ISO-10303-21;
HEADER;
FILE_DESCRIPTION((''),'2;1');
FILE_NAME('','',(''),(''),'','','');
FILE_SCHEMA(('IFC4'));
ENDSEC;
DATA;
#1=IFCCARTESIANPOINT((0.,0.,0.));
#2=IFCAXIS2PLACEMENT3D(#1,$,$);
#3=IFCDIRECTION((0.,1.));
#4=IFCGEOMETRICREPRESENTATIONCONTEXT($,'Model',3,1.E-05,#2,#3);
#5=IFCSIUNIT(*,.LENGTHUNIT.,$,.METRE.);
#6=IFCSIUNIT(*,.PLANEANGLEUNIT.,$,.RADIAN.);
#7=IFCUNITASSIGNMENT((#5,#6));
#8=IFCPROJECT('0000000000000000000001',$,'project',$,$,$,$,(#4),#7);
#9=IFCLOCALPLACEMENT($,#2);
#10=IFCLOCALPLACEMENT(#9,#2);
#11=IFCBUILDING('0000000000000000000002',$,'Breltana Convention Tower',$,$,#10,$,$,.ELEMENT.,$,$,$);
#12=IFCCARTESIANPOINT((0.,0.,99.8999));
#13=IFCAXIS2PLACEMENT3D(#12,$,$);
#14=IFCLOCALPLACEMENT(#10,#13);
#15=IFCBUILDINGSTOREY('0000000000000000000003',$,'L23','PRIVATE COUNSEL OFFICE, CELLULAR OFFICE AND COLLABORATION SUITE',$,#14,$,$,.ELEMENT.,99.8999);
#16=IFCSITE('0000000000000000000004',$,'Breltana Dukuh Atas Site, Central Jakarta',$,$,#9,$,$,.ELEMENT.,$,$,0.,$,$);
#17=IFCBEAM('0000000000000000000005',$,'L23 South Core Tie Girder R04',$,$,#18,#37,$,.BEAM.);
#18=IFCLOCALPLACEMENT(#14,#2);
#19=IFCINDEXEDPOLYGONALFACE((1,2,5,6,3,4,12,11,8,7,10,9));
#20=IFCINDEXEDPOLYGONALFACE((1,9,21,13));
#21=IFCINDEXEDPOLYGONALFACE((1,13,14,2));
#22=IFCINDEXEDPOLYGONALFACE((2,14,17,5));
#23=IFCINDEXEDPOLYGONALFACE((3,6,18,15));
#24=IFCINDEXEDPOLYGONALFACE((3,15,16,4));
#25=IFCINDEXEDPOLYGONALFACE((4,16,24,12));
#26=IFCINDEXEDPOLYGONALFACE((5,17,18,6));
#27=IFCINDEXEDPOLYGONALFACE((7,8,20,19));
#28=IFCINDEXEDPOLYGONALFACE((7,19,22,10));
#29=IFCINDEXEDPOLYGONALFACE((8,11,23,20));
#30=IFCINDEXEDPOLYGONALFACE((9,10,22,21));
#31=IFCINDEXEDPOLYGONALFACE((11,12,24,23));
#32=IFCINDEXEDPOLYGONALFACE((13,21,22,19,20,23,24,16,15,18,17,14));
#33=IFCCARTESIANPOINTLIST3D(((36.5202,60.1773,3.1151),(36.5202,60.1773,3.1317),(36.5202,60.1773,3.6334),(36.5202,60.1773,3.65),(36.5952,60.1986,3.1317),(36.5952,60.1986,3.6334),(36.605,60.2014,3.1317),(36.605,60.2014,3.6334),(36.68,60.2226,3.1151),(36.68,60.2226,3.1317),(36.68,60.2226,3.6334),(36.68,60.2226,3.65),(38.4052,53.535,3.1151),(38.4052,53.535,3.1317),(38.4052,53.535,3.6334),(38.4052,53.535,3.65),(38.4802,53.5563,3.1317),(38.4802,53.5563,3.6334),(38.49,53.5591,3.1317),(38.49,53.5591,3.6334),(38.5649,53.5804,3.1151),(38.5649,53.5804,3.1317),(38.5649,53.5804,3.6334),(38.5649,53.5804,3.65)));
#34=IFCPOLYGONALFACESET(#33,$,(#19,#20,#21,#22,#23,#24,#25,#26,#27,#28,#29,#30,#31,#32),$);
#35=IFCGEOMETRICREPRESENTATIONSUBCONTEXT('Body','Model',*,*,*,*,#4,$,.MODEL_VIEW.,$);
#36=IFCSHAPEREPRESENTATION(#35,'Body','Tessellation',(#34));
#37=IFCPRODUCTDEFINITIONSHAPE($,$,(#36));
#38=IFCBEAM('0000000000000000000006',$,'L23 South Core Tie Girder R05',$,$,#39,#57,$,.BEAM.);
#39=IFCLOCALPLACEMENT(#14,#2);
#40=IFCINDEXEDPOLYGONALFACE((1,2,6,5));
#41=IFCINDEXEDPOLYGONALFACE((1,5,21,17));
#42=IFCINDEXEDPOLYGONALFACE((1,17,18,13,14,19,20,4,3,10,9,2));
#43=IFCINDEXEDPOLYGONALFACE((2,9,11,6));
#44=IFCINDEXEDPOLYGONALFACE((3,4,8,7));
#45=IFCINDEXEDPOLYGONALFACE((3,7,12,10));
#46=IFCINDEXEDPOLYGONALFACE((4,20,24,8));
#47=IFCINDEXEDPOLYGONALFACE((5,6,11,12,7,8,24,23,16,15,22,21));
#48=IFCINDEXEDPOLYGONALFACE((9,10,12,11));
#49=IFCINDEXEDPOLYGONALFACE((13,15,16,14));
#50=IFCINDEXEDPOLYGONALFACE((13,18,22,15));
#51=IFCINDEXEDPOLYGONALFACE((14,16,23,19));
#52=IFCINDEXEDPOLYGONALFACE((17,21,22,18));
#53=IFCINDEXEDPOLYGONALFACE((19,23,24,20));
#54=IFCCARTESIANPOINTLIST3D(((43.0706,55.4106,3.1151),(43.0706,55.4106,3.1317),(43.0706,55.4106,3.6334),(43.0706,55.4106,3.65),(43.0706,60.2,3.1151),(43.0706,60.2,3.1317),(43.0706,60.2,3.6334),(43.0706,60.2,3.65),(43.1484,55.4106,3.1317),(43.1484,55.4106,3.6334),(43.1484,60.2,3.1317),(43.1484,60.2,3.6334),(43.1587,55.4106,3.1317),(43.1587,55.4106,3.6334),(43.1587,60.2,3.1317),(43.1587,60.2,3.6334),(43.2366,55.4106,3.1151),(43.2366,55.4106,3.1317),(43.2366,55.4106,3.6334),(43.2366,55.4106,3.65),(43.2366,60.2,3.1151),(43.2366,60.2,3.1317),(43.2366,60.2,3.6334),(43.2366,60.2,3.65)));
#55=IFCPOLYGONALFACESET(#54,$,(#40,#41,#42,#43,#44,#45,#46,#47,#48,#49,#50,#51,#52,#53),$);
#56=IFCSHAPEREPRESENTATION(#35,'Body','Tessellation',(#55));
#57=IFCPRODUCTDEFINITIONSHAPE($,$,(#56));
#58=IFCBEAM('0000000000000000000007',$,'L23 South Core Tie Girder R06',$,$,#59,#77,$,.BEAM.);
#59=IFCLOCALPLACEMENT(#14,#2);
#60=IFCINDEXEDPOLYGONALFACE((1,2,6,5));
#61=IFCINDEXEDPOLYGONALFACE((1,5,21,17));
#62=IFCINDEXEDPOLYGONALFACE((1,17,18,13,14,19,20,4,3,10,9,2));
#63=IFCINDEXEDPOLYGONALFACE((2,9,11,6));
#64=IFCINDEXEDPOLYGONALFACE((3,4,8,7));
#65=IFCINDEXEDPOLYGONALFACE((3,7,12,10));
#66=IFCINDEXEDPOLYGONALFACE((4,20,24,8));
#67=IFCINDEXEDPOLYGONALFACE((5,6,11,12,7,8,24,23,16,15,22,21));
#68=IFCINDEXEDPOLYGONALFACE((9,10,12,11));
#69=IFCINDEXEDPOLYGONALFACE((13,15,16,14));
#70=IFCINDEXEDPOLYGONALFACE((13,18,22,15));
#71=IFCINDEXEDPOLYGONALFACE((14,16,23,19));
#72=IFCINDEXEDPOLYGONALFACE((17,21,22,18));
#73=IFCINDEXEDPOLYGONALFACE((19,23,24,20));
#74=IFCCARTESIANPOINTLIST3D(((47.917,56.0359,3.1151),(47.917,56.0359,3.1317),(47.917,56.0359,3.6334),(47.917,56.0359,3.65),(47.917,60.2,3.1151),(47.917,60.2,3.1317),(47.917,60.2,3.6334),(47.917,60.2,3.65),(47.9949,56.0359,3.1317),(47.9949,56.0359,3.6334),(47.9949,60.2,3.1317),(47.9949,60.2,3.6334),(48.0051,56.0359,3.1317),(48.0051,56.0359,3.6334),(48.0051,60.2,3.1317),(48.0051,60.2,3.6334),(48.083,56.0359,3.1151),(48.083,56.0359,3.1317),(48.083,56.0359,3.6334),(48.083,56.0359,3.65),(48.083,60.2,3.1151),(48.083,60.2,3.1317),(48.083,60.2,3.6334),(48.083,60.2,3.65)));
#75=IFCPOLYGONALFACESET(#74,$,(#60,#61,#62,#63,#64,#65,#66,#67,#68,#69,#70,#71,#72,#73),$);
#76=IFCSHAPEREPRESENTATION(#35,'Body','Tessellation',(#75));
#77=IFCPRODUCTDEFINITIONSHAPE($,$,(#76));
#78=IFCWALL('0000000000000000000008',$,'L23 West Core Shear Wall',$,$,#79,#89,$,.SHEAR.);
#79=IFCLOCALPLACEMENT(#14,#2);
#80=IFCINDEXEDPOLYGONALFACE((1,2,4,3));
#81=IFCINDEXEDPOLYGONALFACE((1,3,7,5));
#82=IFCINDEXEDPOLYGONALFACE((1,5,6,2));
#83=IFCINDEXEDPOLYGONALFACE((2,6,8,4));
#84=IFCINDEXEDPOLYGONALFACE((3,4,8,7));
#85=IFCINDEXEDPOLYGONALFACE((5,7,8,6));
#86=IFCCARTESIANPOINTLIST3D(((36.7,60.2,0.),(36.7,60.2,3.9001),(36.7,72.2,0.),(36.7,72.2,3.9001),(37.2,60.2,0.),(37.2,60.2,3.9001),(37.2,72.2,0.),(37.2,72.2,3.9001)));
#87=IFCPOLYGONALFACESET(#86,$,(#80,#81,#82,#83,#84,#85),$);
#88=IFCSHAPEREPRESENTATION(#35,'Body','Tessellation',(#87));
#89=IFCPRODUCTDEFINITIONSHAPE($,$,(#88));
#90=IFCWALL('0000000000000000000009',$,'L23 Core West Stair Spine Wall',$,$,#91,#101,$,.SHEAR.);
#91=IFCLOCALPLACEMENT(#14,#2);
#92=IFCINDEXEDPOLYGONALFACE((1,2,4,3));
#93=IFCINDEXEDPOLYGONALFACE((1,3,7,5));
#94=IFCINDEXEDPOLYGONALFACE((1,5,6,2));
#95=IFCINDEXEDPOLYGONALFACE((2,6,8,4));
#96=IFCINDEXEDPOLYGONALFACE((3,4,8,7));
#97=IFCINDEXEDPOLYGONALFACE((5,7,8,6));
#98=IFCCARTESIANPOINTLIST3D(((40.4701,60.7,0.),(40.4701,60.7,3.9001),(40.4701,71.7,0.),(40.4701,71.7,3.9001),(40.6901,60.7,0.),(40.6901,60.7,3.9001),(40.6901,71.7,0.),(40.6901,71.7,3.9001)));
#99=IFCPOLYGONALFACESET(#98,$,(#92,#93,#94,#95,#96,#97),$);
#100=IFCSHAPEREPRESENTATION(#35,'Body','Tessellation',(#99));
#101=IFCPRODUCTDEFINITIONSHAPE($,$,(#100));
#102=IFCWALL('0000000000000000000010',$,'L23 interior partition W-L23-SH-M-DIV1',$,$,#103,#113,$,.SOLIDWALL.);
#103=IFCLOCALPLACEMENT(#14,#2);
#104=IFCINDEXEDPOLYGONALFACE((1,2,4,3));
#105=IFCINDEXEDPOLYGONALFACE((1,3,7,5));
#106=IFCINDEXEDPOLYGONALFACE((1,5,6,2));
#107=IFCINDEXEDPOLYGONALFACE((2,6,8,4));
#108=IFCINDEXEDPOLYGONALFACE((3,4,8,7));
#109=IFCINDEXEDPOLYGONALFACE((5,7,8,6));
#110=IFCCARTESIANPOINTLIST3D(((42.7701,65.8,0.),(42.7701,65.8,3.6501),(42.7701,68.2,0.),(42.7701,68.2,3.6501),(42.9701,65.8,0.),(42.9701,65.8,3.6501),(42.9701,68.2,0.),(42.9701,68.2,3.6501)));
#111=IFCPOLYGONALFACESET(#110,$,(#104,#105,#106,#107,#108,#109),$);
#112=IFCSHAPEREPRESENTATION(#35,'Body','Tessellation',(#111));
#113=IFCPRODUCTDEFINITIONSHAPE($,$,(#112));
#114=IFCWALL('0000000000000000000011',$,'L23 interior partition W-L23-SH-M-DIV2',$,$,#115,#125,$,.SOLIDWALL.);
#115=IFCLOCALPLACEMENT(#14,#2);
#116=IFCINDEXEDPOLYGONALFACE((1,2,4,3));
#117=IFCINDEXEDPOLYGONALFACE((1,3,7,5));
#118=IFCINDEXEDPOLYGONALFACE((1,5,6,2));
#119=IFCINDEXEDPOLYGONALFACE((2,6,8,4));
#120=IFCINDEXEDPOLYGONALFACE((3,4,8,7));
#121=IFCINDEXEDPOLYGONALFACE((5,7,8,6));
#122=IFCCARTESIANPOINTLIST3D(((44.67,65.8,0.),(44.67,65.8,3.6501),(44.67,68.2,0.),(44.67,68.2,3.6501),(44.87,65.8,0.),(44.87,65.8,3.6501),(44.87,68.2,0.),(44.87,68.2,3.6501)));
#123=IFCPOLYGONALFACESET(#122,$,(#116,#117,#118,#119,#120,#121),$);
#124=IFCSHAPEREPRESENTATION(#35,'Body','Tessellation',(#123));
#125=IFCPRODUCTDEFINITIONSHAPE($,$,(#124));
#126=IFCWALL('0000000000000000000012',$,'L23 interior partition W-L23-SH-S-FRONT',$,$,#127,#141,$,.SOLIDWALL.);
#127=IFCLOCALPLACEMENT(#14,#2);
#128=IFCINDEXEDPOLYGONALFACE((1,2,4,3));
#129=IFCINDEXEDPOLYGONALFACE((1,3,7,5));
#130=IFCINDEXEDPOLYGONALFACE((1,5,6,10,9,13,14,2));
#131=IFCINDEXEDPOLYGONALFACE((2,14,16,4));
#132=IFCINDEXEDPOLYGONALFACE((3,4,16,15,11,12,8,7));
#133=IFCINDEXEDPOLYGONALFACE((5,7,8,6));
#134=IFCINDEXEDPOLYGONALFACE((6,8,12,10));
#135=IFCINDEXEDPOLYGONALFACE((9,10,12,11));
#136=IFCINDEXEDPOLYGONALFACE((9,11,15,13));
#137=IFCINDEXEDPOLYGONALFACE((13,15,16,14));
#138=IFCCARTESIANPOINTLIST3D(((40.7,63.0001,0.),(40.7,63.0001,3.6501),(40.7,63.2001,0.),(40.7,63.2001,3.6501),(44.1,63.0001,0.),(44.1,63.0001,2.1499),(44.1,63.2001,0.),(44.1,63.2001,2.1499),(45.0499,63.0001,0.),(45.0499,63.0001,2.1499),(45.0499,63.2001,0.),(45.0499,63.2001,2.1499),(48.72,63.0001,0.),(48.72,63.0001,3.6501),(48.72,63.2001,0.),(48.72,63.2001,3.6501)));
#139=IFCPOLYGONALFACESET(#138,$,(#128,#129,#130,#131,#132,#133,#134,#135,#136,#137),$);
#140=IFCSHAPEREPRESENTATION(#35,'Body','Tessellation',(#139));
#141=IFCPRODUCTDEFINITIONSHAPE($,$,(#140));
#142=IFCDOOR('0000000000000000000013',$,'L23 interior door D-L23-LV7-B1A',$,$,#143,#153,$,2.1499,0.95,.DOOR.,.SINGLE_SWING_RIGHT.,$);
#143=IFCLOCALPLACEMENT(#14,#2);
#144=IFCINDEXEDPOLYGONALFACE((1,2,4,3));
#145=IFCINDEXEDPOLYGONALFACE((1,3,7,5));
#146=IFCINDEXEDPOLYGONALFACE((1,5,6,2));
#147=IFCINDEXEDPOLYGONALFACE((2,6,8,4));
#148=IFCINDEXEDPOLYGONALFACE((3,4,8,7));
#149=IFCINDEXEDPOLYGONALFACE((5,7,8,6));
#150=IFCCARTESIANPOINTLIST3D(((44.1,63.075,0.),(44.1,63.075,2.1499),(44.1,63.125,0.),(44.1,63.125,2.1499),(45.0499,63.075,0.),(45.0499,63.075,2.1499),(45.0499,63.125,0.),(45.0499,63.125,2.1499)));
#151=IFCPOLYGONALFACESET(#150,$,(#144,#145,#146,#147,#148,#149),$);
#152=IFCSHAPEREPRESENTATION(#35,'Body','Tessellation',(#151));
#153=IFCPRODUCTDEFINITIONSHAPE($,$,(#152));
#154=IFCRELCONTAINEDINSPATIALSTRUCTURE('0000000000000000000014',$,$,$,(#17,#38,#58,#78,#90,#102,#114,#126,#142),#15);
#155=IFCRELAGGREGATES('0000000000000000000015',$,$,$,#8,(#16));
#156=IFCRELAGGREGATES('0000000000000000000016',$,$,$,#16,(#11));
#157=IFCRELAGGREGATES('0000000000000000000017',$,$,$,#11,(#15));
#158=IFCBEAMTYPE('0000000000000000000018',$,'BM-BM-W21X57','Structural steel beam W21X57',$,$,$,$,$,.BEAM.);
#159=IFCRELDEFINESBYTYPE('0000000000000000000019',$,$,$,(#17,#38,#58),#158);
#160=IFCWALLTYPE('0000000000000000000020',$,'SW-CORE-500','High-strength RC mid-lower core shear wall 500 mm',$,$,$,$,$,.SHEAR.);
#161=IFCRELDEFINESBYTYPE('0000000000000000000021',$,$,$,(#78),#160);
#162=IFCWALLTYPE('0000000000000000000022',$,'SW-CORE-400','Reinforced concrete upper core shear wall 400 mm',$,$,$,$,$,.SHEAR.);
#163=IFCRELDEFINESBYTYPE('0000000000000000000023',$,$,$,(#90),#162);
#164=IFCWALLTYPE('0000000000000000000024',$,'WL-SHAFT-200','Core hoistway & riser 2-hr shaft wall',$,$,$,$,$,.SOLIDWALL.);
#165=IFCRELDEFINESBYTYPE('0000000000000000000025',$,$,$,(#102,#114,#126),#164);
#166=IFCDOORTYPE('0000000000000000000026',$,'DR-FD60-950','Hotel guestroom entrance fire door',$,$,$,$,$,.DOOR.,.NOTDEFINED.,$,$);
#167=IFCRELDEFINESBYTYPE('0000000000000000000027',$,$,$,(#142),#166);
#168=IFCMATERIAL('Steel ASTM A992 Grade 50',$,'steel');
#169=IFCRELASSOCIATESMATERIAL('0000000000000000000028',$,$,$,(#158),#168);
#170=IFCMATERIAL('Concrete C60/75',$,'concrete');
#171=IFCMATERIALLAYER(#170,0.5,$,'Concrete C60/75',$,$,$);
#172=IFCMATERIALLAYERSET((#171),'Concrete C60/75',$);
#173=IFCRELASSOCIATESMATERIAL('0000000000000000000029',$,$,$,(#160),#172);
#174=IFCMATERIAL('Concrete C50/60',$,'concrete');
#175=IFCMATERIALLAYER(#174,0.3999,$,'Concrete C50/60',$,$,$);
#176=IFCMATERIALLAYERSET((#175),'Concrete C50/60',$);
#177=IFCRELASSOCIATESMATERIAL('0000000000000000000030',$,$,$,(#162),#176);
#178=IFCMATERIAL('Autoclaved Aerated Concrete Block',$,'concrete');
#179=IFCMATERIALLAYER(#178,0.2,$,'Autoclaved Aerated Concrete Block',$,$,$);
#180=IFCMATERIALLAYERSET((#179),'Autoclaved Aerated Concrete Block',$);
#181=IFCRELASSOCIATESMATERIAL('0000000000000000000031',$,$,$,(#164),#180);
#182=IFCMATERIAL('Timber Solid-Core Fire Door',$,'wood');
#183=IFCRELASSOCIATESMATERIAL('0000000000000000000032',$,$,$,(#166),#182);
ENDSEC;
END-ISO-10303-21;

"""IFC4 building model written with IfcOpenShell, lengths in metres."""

from ifc_helpers import new_model, si_unit, direction, frame, frame_2d, origin, origin_2d, place, context, subcontext, project, spatial, rectangle, i_section, extrude, source, transform, mapped, material, layer, layer_set, material_profile, profile_set, type_object, type_shapes, element, fill, save


model = new_model("IFC4")

# Units and contexts
model_context = context("Model", 3, precision=1e-05, world=origin(), true_north=direction((0.0, 1.0)))
body_context = subcontext(model_context, "Body", "Model", "MODEL_VIEW")
ifc_project = project(units=[si_unit("LENGTHUNIT", "METRE"), si_unit("PLANEANGLEUNIT", "RADIAN")], contexts=[model_context])

# Site, building, storey
site_placement = place(None, origin())
site = spatial("IfcSite", under=ifc_project, at=site_placement, Name="Breltana Dukuh Atas Site, Central Jakarta", CompositionType="ELEMENT", RefElevation=0.0)
building_placement = place(site_placement, origin())
building = spatial("IfcBuilding", under=site, at=building_placement, Name="Breltana Convention Tower", CompositionType="ELEMENT")
storey_placement = place(building_placement, frame((0.0, 0.0, 99.8999)))
storey = spatial("IfcBuildingStorey", under=building, at=storey_placement, Name="L23", Description="PRIVATE COUNSEL OFFICE, CELLULAR OFFICE AND COLLABORATION SUITE", CompositionType="ELEMENT", Elevation=99.8999)

# Beams
ifc_material_1 = material(Name="Steel ASTM A992 Grade 50", Category="steel")
ifc_material_profile = material_profile(ifc_material_1, i_section(OverallWidth=0.166, OverallDepth=0.5349, WebThickness=0.0103, FlangeThickness=0.0166, at=origin_2d()), Name="W21X57")
ifc_profile_set = profile_set([ifc_material_profile], Name="Steel ASTM A992 Grade 50")
beam_type = type_object("IfcBeamType", Name="BM-BM-W21X57", Description="Structural steel beam W21X57", PredefinedType="BEAM", material=ifc_profile_set)
shared_shape_1 = source(origin(), body_context, "Body", "SweptSolid", [
    extrude(i_section(OverallWidth=0.166, OverallDepth=0.5349, WebThickness=0.0103, FlangeThickness=0.0166, at=origin_2d()), origin(), (0.0, 0.0, 1.0), 6.9045),
])
type_shapes(beam_type, [shared_shape_1])
beam_1_placement = place(storey_placement, frame((36.6001, 60.2, 3.3826), z_axis=(0.273007, -0.962012, 0.0), x_axis=(0.962012, 0.273007, 0.0)))
element("IfcBeam", 1, at=beam_1_placement, inside=storey, type_object=beam_type, Name="L23 South Core Tie Girder R04", PredefinedType="BEAM", context=body_context, shape_type="MappedRepresentation", body=[
    mapped(shared_shape_1, transform((0.0, 0.0, 0.0), scale=1.0)),
])
shared_shape_2 = source(origin(), body_context, "Body", "SweptSolid", [
    extrude(i_section(OverallWidth=0.166, OverallDepth=0.5349, WebThickness=0.0103, FlangeThickness=0.0166, at=origin_2d()), origin(), (0.0, 0.0, 1.0), 4.7893),
])
beam_2_placement = place(storey_placement, frame((43.1536, 60.2, 3.3826), z_axis=(0.0, -1.0, 0.0), x_axis=(1.0, 0.0, 0.0)))
element("IfcBeam", 2, at=beam_2_placement, inside=storey, type_object=beam_type, Name="L23 South Core Tie Girder R05", PredefinedType="BEAM", context=body_context, shape_type="MappedRepresentation", body=[
    mapped(shared_shape_2, transform((0.0, 0.0, 0.0), scale=1.0)),
])
shared_shape_3 = source(origin(), body_context, "Body", "SweptSolid", [
    extrude(i_section(OverallWidth=0.166, OverallDepth=0.5349, WebThickness=0.0103, FlangeThickness=0.0166, at=origin_2d()), origin(), (0.0, 0.0, 1.0), 4.1641),
])
beam_3_placement = place(storey_placement, frame((48.0, 60.2, 3.3826), z_axis=(0.0, -1.0, 0.0), x_axis=(1.0, 0.0, 0.0)))
element("IfcBeam", 3, at=beam_3_placement, inside=storey, type_object=beam_type, Name="L23 South Core Tie Girder R06", PredefinedType="BEAM", context=body_context, shape_type="MappedRepresentation", body=[
    mapped(shared_shape_3, transform((0.0, 0.0, 0.0), scale=1.0)),
])

# Wall
ifc_material_2 = material(Name="Concrete C60/75", Category="concrete")
ifc_layer_1 = layer(ifc_material_2, 0.5, Name="Concrete C60/75")
ifc_layer_set_1 = layer_set([ifc_layer_1], Name="Concrete C60/75")
wall_type_1 = type_object("IfcWallType", Name="SW-CORE-500", Description="High-strength RC mid-lower core shear wall 500 mm", PredefinedType="SHEAR", material=ifc_layer_set_1)
shared_shape_4 = source(origin(), body_context, "Body", "SweptSolid", [
    extrude(rectangle(XDim=12.0, YDim=0.5, at=frame_2d((6.0, 0.0))), origin(), (0.0, 0.0, 1.0), 3.9001),
])
wall_1_placement = place(storey_placement, frame((36.95, 60.2, 0.0), z_axis=(0.0, 0.0, 1.0), x_axis=(0.0, 1.0, 0.0)))
element("IfcWall", 4, at=wall_1_placement, inside=storey, type_object=wall_type_1, Name="L23 West Core Shear Wall", PredefinedType="SHEAR", context=body_context, shape_type="MappedRepresentation", body=[
    mapped(shared_shape_4, transform((0.0, 0.0, 0.0), scale=1.0)),
])

# Walls
ifc_material_3 = material(Name="Concrete C50/60", Category="concrete")
ifc_layer_2 = layer(ifc_material_3, 0.3999, Name="Concrete C50/60")
ifc_layer_set_2 = layer_set([ifc_layer_2], Name="Concrete C50/60")
wall_type_2 = type_object("IfcWallType", Name="SW-CORE-400", Description="Reinforced concrete upper core shear wall 400 mm", PredefinedType="SHEAR", material=ifc_layer_set_2)
shared_shape_5 = source(origin(), body_context, "Body", "SweptSolid", [
    extrude(rectangle(XDim=11.0, YDim=0.22, at=frame_2d((5.5, 0.0))), origin(), (0.0, 0.0, 1.0), 3.9001),
])
wall_2_placement = place(storey_placement, frame((40.5801, 60.7, 0.0), z_axis=(0.0, 0.0, 1.0), x_axis=(0.0, 1.0, 0.0)))
element("IfcWall", 5, at=wall_2_placement, inside=storey, type_object=wall_type_2, Name="L23 Core West Stair Spine Wall", PredefinedType="SHEAR", context=body_context, shape_type="MappedRepresentation", body=[
    mapped(shared_shape_5, transform((0.0, 0.0, 0.0), scale=1.0)),
])
ifc_material_4 = material(Name="Autoclaved Aerated Concrete Block", Category="concrete")
ifc_layer_3 = layer(ifc_material_4, 0.2, Name="Autoclaved Aerated Concrete Block")
ifc_layer_set_3 = layer_set([ifc_layer_3], Name="Autoclaved Aerated Concrete Block")
wall_type_3 = type_object("IfcWallType", Name="WL-SHAFT-200", Description="Core hoistway & riser 2-hr shaft wall", PredefinedType="SOLIDWALL", material=ifc_layer_set_3)
shared_shape_6 = source(origin(), body_context, "Body", "SweptSolid", [
    extrude(rectangle(XDim=2.3999, YDim=0.2, at=frame_2d((1.2, 0.0))), origin(), (0.0, 0.0, 1.0), 3.6501),
])
for number, where, z_axis, x_axis, name in (
    (6, (42.8701, 65.8, 0.0), (0.0, 0.0, 1.0), (0.0, 1.0, 0.0), "L23 interior partition W-L23-SH-M-DIV1"),
    (7, (44.77, 65.8, 0.0), (0.0, 0.0, 1.0), (0.0, 1.0, 0.0), "L23 interior partition W-L23-SH-M-DIV2"),
):
    element("IfcWall", number, at=place(storey_placement, frame(where, z_axis=z_axis, x_axis=x_axis)), inside=storey, type_object=wall_type_3, Name=name, PredefinedType="SOLIDWALL", context=body_context, shape_type="MappedRepresentation", body=[
        mapped(shared_shape_6, transform((0.0, 0.0, 0.0), scale=1.0)),
    ])

# Wall, opening, door
shared_shape_7 = source(origin(), body_context, "Body", "SweptSolid", [
    extrude(rectangle(XDim=8.02, YDim=0.2, at=frame_2d((4.01, 0.0))), origin(), (0.0, 0.0, 1.0), 3.6501),
])
wall_3_placement = place(storey_placement, frame((40.7, 63.1001, 0.0), z_axis=(0.0, 0.0, 1.0), x_axis=(1.0, 0.0, 0.0)))
wall_3 = element("IfcWall", 8, at=wall_3_placement, inside=storey, type_object=wall_type_3, Name="L23 interior partition W-L23-SH-S-FRONT", PredefinedType="SOLIDWALL", context=body_context, shape_type="MappedRepresentation", body=[
    mapped(shared_shape_7, transform((0.0, 0.0, 0.0), scale=1.0)),
])
opening_1_placement = place(wall_3_placement, frame((3.3999, 0.0, 0.0)))
opening_1 = element("IfcOpeningElement", 9, at=opening_1_placement, cuts=wall_3, PredefinedType="OPENING", context=body_context, shape_type="SweptSolid", body=[
    extrude(rectangle(XDim=0.95, YDim=2.1499, at=frame_2d((0.4751, 1.075))), frame((0.0, 0.1099, 0.0), z_axis=(0.0, -1.0, 0.0), x_axis=(1.0, 0.0, 0.0)), (0.0, 0.0, 1.0), 0.22),
])
ifc_material_5 = material(Name="Timber Solid-Core Fire Door", Category="wood")
door_type_1 = type_object("IfcDoorType", Name="DR-FD60-950", Description="Hotel guestroom entrance fire door", OperationType="NOTDEFINED", PredefinedType="DOOR", material=ifc_material_5)
shared_shape_8 = source(origin(), body_context, "Body", "SweptSolid", [
    extrude(rectangle(XDim=0.95, YDim=2.1499, at=frame_2d((0.4751, 1.075))), frame((0.0, 0.0249, 0.0), z_axis=(0.0, -1.0, 0.0), x_axis=(1.0, 0.0, 0.0)), (0.0, 0.0, 1.0), 0.05),
])
type_shapes(door_type_1, [shared_shape_8])
door_1_placement = place(opening_1_placement, origin())
door_1 = element("IfcDoor", 10, at=door_1_placement, inside=storey, type_object=door_type_1, Name="L23 interior door D-L23-LV7-B1A", OperationType="SINGLE_SWING_RIGHT", OverallHeight=2.1499, OverallWidth=0.95, PredefinedType="DOOR", context=body_context, shape_type="MappedRepresentation", body=[
    mapped(shared_shape_8, transform((0.0, 0.0, 0.0), scale=1.0)),
])
fill(opening_1, door_1)

save(model, "model.ifc")
